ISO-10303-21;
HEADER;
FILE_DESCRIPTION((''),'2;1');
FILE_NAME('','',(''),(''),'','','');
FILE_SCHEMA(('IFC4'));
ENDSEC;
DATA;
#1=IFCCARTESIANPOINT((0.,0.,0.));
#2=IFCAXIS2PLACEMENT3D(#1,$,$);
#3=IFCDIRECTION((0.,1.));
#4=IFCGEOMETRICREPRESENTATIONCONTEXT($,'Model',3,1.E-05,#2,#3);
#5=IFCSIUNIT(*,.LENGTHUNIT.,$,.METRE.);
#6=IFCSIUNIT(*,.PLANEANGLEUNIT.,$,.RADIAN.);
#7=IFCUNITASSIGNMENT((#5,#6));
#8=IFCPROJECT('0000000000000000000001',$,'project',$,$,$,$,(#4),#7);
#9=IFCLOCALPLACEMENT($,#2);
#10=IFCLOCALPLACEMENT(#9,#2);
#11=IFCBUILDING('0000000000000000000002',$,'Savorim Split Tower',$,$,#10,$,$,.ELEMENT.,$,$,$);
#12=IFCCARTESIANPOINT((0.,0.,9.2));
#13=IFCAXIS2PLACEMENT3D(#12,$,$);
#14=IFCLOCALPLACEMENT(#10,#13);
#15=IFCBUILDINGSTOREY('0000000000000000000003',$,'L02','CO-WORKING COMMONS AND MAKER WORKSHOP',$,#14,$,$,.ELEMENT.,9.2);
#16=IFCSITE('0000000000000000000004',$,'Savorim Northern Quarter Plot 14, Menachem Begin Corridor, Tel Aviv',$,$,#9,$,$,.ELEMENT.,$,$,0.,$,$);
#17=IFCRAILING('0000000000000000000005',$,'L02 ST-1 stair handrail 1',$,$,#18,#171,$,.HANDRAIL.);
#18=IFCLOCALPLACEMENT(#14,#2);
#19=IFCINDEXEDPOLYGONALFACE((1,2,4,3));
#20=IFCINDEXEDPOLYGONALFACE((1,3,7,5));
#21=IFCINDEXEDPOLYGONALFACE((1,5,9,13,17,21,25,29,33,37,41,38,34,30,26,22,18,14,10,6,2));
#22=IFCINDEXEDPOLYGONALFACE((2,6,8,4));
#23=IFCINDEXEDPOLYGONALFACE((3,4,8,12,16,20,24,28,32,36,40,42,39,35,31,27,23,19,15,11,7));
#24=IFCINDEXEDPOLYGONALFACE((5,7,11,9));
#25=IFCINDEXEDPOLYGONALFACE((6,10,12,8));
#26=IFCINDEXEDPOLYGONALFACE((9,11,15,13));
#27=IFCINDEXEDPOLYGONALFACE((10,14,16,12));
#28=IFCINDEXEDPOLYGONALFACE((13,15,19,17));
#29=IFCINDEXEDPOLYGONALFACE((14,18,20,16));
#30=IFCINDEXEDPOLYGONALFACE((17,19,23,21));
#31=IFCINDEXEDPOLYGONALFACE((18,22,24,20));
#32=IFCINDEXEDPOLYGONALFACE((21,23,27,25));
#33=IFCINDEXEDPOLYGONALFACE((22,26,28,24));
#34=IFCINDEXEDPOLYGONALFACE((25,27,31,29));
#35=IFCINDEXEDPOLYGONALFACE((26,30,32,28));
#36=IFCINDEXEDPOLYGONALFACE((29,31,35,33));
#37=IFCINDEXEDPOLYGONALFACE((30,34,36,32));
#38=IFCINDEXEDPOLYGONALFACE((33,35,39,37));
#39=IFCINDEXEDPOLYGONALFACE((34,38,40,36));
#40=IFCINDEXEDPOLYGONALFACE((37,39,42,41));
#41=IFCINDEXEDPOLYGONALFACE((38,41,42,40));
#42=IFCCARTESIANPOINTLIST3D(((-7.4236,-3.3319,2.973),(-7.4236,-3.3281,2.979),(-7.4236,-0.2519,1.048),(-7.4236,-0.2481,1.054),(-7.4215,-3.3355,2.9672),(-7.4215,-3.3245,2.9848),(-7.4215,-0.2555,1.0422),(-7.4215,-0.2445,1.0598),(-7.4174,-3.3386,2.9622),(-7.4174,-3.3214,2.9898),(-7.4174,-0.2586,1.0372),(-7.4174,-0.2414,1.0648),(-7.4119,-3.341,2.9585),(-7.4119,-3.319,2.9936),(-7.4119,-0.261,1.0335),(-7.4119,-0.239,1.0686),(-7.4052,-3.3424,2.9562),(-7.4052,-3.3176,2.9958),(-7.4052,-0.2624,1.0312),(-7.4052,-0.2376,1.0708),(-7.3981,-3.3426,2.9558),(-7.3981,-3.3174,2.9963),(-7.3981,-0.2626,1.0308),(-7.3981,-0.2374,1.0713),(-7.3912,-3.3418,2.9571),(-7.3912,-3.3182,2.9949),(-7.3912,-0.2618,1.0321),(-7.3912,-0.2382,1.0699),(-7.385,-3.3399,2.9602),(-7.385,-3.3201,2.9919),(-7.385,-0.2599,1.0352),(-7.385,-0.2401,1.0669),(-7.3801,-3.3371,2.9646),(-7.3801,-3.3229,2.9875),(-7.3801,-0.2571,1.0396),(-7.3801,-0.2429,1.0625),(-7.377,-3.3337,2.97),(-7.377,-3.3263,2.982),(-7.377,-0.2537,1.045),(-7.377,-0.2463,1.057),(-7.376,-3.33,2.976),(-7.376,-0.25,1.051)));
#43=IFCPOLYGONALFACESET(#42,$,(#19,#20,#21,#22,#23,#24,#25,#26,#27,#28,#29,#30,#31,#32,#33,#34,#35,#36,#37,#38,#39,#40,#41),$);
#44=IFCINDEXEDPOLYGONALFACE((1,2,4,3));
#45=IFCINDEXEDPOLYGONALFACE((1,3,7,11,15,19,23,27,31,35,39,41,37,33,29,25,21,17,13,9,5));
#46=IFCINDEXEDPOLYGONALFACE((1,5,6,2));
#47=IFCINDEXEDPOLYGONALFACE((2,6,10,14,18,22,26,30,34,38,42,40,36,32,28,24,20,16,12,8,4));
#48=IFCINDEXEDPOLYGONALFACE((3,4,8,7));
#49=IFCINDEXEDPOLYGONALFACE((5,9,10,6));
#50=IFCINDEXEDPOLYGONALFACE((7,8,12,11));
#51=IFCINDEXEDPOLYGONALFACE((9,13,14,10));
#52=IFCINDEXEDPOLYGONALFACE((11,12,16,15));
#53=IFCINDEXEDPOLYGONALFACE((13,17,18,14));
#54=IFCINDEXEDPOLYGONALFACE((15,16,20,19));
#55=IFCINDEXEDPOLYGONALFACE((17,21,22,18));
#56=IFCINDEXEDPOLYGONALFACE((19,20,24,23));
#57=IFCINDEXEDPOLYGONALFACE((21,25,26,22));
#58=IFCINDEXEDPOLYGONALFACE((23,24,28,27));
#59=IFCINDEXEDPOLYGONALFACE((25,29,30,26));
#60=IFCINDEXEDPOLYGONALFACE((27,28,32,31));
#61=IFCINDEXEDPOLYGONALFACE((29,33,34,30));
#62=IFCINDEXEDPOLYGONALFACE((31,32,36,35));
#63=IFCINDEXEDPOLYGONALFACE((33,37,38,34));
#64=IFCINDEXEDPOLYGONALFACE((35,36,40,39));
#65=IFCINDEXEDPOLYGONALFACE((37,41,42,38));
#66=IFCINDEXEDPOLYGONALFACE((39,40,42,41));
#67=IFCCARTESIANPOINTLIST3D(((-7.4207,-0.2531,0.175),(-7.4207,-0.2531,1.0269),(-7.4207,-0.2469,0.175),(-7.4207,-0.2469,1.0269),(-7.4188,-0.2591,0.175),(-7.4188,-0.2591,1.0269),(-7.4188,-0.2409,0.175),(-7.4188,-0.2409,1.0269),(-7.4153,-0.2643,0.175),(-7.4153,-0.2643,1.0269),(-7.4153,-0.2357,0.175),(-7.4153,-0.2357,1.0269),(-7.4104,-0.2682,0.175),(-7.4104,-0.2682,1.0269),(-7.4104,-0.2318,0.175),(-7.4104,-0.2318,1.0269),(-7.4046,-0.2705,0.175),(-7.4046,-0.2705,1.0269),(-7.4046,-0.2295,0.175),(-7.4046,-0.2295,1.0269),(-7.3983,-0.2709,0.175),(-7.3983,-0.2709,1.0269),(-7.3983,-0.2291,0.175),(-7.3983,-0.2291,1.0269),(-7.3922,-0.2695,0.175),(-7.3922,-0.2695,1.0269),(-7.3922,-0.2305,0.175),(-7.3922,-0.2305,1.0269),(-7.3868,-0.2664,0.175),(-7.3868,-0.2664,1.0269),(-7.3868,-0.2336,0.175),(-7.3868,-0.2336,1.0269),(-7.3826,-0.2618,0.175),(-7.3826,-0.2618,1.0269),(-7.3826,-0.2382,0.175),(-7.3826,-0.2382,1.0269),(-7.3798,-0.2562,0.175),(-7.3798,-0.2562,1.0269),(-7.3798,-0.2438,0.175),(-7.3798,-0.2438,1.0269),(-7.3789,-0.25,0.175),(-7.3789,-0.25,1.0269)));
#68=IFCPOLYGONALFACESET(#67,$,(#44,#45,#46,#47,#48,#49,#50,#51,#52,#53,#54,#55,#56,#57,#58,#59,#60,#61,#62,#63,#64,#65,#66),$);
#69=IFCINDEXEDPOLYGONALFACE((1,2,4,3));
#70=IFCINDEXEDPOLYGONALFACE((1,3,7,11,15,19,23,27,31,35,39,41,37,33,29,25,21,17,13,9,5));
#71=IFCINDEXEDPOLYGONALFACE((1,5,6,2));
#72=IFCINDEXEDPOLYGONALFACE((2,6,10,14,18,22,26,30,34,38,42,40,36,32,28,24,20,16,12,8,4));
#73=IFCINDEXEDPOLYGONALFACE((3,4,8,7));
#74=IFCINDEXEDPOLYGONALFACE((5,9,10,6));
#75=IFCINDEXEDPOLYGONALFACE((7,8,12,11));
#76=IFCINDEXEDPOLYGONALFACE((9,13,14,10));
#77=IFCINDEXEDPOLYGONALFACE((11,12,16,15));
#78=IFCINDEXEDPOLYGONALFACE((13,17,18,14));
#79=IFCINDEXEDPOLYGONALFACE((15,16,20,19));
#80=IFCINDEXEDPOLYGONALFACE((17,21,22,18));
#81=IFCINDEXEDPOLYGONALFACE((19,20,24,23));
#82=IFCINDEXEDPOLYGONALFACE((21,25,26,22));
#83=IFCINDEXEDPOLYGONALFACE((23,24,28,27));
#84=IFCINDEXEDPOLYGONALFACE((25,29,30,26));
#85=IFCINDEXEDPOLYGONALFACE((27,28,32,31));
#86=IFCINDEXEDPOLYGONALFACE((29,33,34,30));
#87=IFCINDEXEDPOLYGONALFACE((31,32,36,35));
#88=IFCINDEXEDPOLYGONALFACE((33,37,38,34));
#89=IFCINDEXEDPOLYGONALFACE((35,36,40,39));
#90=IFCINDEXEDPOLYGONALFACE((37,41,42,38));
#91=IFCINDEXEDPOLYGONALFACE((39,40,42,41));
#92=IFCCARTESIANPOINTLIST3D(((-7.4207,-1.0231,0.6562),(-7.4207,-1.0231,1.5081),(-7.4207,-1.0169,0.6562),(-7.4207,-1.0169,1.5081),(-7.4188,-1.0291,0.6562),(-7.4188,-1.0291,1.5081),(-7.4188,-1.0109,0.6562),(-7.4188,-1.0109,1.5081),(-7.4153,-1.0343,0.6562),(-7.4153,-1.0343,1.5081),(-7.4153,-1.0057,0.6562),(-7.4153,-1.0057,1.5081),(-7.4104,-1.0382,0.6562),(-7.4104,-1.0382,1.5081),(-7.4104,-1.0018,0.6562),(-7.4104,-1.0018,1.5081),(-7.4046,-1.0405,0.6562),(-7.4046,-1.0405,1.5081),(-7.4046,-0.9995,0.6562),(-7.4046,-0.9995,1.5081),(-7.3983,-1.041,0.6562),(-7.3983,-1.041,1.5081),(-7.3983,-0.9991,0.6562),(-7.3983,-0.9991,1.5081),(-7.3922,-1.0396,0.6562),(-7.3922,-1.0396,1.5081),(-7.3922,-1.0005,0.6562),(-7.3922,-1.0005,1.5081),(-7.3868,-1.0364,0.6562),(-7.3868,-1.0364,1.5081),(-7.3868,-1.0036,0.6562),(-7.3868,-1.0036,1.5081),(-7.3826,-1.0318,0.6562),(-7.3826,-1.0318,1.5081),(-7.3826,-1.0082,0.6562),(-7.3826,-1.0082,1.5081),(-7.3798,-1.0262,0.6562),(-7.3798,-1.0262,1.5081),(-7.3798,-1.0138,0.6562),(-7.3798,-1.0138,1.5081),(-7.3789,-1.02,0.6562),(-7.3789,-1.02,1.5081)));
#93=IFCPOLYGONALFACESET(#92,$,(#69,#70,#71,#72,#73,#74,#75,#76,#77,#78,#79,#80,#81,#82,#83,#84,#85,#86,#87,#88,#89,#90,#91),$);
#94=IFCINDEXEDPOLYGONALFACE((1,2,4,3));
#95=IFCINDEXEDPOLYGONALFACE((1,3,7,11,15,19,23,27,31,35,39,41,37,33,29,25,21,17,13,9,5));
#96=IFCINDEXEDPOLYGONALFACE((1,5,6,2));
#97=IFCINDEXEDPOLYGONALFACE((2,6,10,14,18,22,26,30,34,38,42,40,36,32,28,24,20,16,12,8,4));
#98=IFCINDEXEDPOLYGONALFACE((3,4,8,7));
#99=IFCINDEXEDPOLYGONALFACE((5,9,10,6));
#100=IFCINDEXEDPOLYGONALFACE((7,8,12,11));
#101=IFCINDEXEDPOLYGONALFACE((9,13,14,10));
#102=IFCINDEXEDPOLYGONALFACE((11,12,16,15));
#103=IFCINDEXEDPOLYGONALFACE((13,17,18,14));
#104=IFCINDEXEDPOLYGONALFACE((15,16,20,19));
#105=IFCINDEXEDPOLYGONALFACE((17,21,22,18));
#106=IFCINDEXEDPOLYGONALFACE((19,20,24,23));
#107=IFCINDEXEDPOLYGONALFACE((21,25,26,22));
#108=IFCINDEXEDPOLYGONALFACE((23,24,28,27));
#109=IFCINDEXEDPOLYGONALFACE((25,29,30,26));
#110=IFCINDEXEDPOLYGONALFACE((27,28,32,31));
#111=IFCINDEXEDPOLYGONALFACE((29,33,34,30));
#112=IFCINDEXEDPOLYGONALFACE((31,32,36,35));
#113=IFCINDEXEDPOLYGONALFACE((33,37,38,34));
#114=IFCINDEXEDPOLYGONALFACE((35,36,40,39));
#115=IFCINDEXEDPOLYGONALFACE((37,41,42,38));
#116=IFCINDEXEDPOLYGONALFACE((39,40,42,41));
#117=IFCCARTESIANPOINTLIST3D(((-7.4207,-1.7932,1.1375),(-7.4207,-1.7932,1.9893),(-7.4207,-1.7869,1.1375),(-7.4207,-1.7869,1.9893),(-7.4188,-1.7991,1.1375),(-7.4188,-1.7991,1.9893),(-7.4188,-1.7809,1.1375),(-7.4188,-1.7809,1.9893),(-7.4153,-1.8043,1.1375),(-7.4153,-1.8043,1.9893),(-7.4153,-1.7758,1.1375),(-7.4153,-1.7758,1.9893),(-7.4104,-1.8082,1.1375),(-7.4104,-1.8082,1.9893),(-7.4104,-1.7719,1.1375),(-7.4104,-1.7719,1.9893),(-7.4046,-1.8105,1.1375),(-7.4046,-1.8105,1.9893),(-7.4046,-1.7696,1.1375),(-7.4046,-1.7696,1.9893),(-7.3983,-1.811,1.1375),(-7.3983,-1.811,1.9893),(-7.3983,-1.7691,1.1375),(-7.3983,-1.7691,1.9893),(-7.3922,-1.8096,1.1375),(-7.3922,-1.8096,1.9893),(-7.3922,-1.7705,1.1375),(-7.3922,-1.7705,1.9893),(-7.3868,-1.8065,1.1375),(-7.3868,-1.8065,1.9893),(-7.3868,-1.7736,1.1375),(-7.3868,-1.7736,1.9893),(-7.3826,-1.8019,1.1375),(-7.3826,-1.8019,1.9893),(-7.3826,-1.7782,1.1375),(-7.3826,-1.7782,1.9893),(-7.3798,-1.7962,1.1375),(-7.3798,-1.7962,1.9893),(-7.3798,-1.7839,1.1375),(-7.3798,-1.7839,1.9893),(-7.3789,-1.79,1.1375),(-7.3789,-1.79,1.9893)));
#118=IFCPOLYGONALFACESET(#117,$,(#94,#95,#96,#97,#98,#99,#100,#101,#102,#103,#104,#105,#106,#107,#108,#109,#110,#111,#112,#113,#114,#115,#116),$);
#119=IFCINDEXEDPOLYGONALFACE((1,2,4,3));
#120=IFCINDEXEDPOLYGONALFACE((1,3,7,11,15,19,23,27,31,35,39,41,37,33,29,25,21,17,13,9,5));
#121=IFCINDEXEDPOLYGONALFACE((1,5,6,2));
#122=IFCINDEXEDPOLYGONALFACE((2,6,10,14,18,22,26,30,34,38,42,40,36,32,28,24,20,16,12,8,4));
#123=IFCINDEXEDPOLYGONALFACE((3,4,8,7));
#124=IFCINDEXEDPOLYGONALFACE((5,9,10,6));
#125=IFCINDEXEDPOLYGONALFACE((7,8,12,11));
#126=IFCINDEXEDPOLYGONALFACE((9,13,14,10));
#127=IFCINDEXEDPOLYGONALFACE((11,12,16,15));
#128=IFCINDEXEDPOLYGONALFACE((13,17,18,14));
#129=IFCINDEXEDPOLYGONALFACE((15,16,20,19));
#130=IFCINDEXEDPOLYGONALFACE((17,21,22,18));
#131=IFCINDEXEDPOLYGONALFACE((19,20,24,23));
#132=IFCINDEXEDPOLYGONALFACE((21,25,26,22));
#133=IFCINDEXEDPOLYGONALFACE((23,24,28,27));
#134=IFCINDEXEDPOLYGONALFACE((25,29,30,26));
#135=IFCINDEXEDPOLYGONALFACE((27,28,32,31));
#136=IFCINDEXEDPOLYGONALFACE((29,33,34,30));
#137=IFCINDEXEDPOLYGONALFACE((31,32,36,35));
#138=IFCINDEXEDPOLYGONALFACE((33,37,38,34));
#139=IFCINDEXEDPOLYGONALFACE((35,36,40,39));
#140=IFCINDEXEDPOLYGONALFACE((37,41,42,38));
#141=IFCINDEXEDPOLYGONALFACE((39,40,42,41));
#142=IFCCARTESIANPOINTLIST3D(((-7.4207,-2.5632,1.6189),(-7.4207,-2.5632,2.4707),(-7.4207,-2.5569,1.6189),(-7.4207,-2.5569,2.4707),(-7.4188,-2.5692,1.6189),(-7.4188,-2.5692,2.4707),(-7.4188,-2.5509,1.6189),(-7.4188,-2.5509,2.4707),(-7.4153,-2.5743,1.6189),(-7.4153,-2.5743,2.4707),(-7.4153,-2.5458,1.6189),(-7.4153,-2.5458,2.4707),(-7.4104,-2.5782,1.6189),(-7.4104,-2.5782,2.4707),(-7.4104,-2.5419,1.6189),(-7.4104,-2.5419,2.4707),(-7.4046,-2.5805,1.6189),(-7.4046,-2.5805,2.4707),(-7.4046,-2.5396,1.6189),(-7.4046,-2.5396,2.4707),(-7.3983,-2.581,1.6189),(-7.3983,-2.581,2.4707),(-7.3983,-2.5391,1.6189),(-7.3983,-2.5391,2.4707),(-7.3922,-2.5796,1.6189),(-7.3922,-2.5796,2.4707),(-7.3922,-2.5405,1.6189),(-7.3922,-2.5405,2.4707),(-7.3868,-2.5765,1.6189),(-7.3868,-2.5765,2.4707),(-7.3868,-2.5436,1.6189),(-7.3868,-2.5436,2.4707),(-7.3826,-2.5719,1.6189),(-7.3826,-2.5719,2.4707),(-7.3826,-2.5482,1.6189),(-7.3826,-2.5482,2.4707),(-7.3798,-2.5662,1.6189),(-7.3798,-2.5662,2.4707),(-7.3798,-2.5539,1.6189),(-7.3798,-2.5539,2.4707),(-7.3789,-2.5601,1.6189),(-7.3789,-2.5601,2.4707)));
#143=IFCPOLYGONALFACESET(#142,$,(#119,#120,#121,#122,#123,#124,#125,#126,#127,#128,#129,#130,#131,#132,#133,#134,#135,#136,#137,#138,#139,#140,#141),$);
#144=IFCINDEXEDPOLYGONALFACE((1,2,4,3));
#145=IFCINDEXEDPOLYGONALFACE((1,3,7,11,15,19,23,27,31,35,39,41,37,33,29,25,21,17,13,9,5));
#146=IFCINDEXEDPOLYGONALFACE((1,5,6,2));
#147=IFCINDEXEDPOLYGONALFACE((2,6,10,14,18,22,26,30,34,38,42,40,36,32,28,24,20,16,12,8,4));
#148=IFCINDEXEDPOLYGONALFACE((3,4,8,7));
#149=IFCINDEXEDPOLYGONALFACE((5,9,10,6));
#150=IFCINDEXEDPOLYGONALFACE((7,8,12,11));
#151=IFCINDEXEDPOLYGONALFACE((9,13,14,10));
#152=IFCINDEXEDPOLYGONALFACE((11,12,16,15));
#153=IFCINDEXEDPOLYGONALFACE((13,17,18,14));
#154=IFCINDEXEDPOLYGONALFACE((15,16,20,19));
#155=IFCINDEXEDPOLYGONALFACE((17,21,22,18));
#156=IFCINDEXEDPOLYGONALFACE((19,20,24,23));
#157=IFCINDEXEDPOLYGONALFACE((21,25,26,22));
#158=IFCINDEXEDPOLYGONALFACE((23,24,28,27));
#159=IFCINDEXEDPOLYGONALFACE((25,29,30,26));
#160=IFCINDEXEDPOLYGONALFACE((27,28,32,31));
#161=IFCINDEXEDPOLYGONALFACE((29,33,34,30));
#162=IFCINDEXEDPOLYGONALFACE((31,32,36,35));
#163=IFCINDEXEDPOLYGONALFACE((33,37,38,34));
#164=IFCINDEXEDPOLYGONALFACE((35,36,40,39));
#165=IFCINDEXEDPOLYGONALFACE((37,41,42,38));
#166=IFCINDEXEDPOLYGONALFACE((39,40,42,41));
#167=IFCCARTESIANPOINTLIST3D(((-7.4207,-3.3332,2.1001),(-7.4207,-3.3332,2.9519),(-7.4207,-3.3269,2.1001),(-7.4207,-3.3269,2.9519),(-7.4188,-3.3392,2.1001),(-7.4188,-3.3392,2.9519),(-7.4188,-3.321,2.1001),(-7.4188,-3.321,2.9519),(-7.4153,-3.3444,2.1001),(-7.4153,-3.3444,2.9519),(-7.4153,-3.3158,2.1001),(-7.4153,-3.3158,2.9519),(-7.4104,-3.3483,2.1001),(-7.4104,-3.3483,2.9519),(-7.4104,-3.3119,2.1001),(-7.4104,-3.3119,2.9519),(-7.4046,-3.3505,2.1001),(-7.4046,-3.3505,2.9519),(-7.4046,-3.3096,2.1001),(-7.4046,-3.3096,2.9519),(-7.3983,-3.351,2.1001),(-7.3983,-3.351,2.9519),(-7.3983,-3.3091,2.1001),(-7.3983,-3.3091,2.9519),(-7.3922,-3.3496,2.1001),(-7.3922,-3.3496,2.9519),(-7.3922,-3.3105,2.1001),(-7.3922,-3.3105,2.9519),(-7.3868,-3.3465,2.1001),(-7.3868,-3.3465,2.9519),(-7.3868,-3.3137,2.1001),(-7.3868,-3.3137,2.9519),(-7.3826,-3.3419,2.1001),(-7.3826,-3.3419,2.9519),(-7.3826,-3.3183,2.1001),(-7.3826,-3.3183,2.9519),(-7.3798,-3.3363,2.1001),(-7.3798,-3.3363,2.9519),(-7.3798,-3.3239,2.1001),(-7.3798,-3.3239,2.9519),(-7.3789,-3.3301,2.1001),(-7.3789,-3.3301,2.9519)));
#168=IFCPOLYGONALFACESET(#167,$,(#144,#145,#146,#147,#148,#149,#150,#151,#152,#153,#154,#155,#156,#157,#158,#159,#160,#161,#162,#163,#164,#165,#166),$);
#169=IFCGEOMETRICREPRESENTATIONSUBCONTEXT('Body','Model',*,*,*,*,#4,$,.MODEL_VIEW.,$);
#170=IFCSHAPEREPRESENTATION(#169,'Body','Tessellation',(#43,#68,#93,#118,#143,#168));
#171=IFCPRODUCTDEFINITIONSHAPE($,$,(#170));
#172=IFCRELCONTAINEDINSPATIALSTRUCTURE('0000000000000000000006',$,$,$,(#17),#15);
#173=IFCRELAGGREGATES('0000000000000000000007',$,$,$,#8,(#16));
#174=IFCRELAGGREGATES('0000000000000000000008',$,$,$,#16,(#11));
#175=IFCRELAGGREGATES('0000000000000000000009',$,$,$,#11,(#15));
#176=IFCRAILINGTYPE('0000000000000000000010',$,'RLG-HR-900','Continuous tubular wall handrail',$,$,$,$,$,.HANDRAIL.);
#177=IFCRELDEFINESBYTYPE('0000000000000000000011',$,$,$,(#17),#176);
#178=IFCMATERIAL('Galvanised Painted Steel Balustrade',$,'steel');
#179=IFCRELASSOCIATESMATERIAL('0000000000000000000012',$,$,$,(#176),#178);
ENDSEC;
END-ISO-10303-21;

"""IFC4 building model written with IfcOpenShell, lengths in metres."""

from ifc_helpers import new_model, si_unit, direction, frame, origin, origin_2d, place, context, subcontext, project, spatial, circle, extrude, material, type_object, element, save


model = new_model("IFC4")

# Units and contexts
model_context = context("Model", 3, precision=1e-05, world=origin(), true_north=direction((0.0, 1.0)))
body_context = subcontext(model_context, "Body", "Model", "MODEL_VIEW")
ifc_project = project(units=[si_unit("LENGTHUNIT", "METRE"), si_unit("PLANEANGLEUNIT", "RADIAN")], contexts=[model_context])

# Site, building, storey
site_placement = place(None, origin())
site = spatial("IfcSite", under=ifc_project, at=site_placement, Name="Savorim Northern Quarter Plot 14, Menachem Begin Corridor, Tel Aviv", CompositionType="ELEMENT", RefElevation=0.0)
building_placement = place(site_placement, origin())
building = spatial("IfcBuilding", under=site, at=building_placement, Name="Savorim Split Tower", CompositionType="ELEMENT")
storey_placement = place(building_placement, frame((0.0, 0.0, 9.2)))
storey = spatial("IfcBuildingStorey", under=building, at=storey_placement, Name="L02", Description="CO-WORKING COMMONS AND MAKER WORKSHOP", CompositionType="ELEMENT", Elevation=9.2)

# Railing
ifc_material_1 = material(Name="Galvanised Painted Steel Balustrade", Category="steel")
railing_type_1 = type_object("IfcRailingType", Name="RLG-HR-900", Description="Continuous tubular wall handrail", PredefinedType="HANDRAIL", material=ifc_material_1)
railing_1_placement = place(storey_placement, frame((-7.3999, -0.25, 0.175)))
element("IfcRailing", 1, at=railing_1_placement, inside=storey, type_object=railing_type_1, Name="L02 ST-1 stair handrail 1", PredefinedType="HANDRAIL", context=body_context, shape_type="SweptSolid", body=[
    extrude(circle(Radius=0.0239, at=origin_2d()), frame((0.0, 0.0, 0.876), z_axis=(0.0, -0.847998, 0.529999), x_axis=(1.0, 0.0, 0.0)), (0.0, 0.0, 1.0), 3.6321),
    extrude(circle(Radius=0.021, at=origin_2d()), origin(), (0.0, 0.0, 1.0), 0.8518),
    extrude(circle(Radius=0.021, at=origin_2d()), frame((0.0, -0.77, 0.4812)), (0.0, 0.0, 1.0), 0.8518),
    extrude(circle(Radius=0.021, at=origin_2d()), frame((0.0, -1.54, 0.9624)), (0.0, 0.0, 1.0), 0.8518),
    extrude(circle(Radius=0.021, at=origin_2d()), frame((0.0, -2.3101, 1.4438)), (0.0, 0.0, 1.0), 0.8518),
    extrude(circle(Radius=0.021, at=origin_2d()), frame((0.0, -3.0801, 1.925)), (0.0, 0.0, 1.0), 0.8518),
])

save(model, "model.ifc")
